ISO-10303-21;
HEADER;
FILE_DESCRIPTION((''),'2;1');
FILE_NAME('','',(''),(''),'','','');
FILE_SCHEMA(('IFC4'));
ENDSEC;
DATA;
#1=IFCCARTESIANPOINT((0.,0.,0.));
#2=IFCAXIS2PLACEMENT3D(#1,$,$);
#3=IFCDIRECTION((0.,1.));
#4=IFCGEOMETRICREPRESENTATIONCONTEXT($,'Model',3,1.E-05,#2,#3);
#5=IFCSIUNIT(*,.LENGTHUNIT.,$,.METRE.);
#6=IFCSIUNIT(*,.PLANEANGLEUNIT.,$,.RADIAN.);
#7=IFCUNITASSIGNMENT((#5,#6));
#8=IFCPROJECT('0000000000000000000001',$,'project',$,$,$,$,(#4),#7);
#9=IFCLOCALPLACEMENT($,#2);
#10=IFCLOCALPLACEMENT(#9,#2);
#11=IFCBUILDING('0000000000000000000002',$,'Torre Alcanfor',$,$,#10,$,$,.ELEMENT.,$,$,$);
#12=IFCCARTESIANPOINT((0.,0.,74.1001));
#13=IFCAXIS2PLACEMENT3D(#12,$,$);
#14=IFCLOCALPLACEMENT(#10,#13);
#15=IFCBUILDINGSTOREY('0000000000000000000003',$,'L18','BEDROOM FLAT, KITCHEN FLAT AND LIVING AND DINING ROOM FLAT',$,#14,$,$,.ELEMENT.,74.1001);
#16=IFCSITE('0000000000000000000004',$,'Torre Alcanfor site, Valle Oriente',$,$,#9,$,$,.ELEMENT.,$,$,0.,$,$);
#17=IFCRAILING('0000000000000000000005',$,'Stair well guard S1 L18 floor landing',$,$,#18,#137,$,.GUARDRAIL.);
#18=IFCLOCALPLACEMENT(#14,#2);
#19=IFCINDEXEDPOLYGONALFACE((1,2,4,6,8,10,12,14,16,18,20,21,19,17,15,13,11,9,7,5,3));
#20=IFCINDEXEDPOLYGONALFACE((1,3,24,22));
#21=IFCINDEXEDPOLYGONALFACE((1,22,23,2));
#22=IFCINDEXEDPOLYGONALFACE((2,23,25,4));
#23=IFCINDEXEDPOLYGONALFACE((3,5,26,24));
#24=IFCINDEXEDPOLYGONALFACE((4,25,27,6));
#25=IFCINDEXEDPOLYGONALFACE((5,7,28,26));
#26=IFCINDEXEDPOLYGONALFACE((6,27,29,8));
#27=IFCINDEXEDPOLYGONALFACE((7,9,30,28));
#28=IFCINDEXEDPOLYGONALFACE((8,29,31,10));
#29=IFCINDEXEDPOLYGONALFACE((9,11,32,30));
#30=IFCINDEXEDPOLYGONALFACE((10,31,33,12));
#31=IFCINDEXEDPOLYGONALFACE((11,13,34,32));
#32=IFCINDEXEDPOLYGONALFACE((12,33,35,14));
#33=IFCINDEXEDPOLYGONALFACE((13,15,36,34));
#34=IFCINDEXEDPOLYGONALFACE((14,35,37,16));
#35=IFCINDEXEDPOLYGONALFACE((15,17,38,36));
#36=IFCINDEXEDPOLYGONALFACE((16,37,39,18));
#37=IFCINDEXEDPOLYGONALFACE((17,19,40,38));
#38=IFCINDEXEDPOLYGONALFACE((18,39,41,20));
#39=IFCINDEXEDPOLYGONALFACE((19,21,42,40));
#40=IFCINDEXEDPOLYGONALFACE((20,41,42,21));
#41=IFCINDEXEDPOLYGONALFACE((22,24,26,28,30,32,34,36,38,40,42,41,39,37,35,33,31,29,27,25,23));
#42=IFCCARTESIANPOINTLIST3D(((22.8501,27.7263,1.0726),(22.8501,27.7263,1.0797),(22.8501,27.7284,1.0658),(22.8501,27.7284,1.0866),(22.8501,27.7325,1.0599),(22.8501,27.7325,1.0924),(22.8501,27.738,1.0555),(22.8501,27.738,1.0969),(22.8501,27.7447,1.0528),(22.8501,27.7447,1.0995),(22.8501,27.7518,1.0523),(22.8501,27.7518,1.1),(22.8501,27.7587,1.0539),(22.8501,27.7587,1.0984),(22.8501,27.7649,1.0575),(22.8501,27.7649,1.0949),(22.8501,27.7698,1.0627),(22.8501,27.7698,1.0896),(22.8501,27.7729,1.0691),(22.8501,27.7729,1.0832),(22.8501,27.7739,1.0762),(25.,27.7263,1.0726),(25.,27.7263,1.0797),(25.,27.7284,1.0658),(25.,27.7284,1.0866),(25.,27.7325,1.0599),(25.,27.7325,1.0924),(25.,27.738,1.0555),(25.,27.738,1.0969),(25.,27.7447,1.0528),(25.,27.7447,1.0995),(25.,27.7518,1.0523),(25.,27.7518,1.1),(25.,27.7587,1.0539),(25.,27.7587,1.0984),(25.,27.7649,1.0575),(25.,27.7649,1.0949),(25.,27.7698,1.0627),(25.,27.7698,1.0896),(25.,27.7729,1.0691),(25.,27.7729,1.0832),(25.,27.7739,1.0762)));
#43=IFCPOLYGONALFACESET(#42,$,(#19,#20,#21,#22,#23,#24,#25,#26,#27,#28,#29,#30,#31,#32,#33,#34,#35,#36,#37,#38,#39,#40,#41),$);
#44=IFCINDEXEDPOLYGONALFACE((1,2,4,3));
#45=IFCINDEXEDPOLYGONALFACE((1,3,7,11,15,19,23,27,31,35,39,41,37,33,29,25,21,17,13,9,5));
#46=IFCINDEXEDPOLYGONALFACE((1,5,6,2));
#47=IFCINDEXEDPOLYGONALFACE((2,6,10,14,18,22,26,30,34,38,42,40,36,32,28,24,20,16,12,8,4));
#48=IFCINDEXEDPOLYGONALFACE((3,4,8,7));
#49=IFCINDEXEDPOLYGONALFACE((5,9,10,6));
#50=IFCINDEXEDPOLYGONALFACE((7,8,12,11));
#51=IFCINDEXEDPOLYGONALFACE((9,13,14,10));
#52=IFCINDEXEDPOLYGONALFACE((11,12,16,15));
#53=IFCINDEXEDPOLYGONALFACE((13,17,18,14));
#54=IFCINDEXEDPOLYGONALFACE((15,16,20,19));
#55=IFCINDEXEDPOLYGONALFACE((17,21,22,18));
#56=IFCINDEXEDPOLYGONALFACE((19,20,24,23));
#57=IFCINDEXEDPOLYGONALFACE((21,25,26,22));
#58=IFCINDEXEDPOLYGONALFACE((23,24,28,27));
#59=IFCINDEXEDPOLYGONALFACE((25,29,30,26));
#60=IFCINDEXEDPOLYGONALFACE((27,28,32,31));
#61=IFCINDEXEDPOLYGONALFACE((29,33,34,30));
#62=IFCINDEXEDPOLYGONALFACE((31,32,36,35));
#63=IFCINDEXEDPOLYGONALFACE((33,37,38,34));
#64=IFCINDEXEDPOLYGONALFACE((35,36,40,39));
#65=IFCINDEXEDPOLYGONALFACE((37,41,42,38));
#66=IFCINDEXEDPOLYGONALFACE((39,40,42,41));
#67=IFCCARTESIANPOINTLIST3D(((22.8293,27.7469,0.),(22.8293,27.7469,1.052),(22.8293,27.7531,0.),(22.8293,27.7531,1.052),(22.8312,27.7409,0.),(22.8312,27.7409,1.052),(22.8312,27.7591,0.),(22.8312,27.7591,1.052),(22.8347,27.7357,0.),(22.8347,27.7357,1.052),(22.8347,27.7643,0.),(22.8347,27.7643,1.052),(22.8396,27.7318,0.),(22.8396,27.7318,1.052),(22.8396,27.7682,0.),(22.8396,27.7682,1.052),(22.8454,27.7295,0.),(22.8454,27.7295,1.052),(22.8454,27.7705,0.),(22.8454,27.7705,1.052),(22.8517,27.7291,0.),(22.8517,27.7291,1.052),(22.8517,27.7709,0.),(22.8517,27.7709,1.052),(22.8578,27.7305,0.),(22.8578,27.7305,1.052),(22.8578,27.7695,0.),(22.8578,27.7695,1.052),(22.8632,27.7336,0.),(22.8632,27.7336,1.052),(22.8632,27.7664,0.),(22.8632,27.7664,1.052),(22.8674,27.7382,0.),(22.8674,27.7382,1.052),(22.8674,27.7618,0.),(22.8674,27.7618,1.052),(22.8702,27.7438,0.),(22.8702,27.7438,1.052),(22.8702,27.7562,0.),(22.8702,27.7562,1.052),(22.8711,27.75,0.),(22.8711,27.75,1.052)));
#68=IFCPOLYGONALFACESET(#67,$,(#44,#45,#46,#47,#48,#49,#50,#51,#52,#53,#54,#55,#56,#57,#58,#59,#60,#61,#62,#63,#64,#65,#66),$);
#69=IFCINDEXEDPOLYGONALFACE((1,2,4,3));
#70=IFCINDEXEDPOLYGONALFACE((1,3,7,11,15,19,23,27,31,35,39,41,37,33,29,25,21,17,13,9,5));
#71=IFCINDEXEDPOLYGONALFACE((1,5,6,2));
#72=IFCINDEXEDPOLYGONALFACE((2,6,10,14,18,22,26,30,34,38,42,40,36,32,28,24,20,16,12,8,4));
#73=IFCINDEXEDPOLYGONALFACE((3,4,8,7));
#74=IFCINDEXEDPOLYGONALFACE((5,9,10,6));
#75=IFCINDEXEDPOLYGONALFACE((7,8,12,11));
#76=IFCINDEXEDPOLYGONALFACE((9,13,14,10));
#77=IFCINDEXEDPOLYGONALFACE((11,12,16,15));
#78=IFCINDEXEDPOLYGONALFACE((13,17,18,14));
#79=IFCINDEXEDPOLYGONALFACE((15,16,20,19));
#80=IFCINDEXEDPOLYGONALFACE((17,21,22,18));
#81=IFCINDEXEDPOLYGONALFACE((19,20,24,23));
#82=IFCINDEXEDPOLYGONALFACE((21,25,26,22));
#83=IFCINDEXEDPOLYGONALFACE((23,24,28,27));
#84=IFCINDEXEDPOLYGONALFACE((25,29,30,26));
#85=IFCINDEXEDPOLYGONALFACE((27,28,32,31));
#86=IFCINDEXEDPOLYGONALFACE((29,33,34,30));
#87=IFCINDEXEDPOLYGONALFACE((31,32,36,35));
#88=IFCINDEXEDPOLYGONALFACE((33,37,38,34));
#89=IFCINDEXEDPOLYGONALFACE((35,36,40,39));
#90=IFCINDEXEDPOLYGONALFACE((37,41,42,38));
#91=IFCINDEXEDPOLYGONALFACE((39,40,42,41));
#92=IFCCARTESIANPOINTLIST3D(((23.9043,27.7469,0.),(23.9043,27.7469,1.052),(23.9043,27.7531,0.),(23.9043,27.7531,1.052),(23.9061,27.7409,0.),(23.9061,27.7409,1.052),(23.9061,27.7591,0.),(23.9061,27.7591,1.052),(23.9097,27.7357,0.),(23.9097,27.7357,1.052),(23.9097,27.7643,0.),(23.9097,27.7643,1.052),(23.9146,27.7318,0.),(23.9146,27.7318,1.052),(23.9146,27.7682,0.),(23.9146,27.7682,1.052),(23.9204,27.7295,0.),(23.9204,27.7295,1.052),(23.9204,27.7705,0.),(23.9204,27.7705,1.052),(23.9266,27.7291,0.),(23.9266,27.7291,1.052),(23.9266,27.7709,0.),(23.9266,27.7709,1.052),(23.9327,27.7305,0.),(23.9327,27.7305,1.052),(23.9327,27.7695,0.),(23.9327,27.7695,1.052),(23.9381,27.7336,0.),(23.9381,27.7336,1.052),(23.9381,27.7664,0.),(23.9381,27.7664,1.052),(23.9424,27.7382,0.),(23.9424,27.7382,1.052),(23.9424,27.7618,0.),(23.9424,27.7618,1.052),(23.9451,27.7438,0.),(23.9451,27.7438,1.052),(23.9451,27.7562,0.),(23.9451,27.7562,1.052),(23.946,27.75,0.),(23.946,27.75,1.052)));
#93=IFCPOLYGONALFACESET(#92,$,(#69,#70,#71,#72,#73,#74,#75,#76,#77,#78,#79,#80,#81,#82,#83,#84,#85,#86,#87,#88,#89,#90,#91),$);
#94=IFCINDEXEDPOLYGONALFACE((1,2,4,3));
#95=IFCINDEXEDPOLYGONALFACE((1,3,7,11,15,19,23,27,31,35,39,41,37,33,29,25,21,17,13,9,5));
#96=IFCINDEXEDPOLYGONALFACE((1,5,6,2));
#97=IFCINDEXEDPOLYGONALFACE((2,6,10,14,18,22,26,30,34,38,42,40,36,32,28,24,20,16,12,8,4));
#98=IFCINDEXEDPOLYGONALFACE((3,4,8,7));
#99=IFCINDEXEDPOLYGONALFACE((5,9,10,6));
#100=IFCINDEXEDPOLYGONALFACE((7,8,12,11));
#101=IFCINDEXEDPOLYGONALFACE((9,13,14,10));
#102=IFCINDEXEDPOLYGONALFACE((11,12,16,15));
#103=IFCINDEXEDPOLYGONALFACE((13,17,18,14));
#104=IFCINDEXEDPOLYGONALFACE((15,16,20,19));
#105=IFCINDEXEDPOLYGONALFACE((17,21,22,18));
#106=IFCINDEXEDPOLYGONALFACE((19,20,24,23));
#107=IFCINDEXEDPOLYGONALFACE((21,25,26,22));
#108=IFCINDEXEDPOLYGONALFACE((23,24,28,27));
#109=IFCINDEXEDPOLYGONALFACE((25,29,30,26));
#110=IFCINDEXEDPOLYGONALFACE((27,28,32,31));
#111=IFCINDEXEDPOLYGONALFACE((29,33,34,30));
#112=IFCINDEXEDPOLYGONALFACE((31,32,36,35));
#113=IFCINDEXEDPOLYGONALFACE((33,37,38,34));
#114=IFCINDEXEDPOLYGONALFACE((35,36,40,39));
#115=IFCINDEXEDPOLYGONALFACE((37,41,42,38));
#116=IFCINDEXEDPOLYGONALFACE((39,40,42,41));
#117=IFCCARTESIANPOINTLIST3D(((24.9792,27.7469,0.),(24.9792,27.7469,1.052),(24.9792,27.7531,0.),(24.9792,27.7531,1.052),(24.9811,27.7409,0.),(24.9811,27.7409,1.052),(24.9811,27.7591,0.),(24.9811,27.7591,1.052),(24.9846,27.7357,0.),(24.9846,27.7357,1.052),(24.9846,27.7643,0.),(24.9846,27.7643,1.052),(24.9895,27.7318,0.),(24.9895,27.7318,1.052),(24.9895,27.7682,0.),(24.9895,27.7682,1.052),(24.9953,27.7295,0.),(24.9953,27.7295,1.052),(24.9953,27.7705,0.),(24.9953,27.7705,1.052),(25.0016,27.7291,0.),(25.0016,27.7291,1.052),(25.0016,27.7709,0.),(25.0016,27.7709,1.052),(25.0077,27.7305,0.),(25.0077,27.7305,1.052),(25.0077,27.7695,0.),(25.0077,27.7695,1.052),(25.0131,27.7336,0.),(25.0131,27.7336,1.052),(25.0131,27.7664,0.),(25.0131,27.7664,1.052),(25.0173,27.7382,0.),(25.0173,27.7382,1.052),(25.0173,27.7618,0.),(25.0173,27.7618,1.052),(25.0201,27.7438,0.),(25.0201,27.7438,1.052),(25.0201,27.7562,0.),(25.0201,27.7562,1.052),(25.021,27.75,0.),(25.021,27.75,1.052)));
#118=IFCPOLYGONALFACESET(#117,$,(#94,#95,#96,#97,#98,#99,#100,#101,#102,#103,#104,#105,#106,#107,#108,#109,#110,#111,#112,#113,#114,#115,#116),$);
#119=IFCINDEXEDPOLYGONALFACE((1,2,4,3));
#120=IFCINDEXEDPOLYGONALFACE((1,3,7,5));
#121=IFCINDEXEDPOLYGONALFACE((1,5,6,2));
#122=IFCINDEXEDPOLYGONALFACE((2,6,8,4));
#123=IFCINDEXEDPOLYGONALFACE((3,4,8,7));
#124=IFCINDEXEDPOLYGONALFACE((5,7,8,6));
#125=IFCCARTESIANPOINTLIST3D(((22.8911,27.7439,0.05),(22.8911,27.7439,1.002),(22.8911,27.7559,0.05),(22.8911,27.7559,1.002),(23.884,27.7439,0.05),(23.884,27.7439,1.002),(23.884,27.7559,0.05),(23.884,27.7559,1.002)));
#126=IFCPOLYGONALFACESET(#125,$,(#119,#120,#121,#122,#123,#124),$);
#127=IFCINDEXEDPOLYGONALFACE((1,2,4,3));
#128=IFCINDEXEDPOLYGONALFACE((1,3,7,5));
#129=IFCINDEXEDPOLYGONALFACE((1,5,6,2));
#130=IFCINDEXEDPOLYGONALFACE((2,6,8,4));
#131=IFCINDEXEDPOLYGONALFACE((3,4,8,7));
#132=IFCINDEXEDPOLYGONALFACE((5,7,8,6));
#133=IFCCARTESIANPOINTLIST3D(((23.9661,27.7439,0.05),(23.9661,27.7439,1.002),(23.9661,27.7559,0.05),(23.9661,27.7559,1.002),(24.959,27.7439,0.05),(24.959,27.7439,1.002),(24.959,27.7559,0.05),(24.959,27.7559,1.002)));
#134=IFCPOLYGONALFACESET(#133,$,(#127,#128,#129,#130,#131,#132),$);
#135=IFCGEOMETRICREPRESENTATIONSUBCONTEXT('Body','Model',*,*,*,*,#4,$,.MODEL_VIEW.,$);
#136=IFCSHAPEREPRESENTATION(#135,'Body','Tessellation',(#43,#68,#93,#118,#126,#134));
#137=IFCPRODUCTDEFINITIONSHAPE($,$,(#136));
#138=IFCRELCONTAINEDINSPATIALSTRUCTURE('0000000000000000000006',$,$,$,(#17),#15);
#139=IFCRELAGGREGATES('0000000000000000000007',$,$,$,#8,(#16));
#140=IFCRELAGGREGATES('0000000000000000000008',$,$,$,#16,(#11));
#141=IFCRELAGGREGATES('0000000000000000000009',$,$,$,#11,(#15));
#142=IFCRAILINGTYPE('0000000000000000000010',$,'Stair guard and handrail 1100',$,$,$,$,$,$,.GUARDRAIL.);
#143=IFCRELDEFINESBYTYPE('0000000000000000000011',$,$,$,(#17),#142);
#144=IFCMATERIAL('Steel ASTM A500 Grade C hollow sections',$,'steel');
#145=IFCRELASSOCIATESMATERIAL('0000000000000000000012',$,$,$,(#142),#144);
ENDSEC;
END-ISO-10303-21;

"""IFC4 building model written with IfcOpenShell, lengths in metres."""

from ifc_helpers import new_model, si_unit, direction, frame, origin, origin_2d, place, context, subcontext, project, spatial, polyline, circle, outline, extrude, material, type_object, element, save


model = new_model("IFC4")

# Units and contexts
model_context = context("Model", 3, precision=1e-05, world=origin(), true_north=direction((0.0, 1.0)))
body_context = subcontext(model_context, "Body", "Model", "MODEL_VIEW")
ifc_project = project(units=[si_unit("LENGTHUNIT", "METRE"), si_unit("PLANEANGLEUNIT", "RADIAN")], contexts=[model_context])

# Site, building, storey
site_placement = place(None, origin())
site = spatial("IfcSite", under=ifc_project, at=site_placement, Name="Torre Alcanfor site, Valle Oriente", CompositionType="ELEMENT", RefElevation=0.0)
building_placement = place(site_placement, origin())
building = spatial("IfcBuilding", under=site, at=building_placement, Name="Torre Alcanfor", CompositionType="ELEMENT")
storey_placement = place(building_placement, frame((0.0, 0.0, 74.1001)))
storey = spatial("IfcBuildingStorey", under=building, at=storey_placement, Name="L18", Description="BEDROOM FLAT, KITCHEN FLAT AND LIVING AND DINING ROOM FLAT", CompositionType="ELEMENT", Elevation=74.1001)

# Railing
ifc_material_1 = material(Name="Steel ASTM A500 Grade C hollow sections", Category="steel")
railing_type_1 = type_object("IfcRailingType", Name="Stair guard and handrail 1100", PredefinedType="GUARDRAIL", material=ifc_material_1)
railing_1_placement = place(storey_placement, frame((22.8501, 27.75, 0.0)))
element("IfcRailing", 1, at=railing_1_placement, inside=storey, type_object=railing_type_1, Name="Stair well guard S1 L18 floor landing", PredefinedType="GUARDRAIL", context=body_context, shape_type="SweptSolid", body=[
    extrude(circle(Radius=0.0239, at=origin_2d()), frame((0.0, 0.0, 1.0762), z_axis=(1.0, 0.0, 0.0), x_axis=(0.0, 1.0, 0.0)), (0.0, 0.0, 1.0), 2.1499),
    extrude(circle(Radius=0.021, at=origin_2d()), origin(), (0.0, 0.0, 1.0), 1.052),
    extrude(circle(Radius=0.021, at=origin_2d()), frame((1.075, 0.0, 0.0)), (0.0, 0.0, 1.0), 1.052),
    extrude(circle(Radius=0.021, at=origin_2d()), frame((2.1499, 0.0, 0.0)), (0.0, 0.0, 1.0), 1.052),
    extrude(outline(polyline([(0.041, 0.05), (1.0339, 0.05), (1.0339, 1.002), (0.041, 1.002), (0.041, 0.05)])), frame((0.0, 0.0059, 0.0), z_axis=(0.0, -1.0, 0.0), x_axis=(1.0, 0.0, 0.0)), (0.0, 0.0, 1.0), 0.012),
    extrude(outline(polyline([(1.116, 0.05), (2.1089, 0.05), (2.1089, 1.002), (1.116, 1.002), (1.116, 0.05)])), frame((0.0, 0.0059, 0.0), z_axis=(0.0, -1.0, 0.0), x_axis=(1.0, 0.0, 0.0)), (0.0, 0.0, 1.0), 0.012),
])

save(model, "model.ifc")
